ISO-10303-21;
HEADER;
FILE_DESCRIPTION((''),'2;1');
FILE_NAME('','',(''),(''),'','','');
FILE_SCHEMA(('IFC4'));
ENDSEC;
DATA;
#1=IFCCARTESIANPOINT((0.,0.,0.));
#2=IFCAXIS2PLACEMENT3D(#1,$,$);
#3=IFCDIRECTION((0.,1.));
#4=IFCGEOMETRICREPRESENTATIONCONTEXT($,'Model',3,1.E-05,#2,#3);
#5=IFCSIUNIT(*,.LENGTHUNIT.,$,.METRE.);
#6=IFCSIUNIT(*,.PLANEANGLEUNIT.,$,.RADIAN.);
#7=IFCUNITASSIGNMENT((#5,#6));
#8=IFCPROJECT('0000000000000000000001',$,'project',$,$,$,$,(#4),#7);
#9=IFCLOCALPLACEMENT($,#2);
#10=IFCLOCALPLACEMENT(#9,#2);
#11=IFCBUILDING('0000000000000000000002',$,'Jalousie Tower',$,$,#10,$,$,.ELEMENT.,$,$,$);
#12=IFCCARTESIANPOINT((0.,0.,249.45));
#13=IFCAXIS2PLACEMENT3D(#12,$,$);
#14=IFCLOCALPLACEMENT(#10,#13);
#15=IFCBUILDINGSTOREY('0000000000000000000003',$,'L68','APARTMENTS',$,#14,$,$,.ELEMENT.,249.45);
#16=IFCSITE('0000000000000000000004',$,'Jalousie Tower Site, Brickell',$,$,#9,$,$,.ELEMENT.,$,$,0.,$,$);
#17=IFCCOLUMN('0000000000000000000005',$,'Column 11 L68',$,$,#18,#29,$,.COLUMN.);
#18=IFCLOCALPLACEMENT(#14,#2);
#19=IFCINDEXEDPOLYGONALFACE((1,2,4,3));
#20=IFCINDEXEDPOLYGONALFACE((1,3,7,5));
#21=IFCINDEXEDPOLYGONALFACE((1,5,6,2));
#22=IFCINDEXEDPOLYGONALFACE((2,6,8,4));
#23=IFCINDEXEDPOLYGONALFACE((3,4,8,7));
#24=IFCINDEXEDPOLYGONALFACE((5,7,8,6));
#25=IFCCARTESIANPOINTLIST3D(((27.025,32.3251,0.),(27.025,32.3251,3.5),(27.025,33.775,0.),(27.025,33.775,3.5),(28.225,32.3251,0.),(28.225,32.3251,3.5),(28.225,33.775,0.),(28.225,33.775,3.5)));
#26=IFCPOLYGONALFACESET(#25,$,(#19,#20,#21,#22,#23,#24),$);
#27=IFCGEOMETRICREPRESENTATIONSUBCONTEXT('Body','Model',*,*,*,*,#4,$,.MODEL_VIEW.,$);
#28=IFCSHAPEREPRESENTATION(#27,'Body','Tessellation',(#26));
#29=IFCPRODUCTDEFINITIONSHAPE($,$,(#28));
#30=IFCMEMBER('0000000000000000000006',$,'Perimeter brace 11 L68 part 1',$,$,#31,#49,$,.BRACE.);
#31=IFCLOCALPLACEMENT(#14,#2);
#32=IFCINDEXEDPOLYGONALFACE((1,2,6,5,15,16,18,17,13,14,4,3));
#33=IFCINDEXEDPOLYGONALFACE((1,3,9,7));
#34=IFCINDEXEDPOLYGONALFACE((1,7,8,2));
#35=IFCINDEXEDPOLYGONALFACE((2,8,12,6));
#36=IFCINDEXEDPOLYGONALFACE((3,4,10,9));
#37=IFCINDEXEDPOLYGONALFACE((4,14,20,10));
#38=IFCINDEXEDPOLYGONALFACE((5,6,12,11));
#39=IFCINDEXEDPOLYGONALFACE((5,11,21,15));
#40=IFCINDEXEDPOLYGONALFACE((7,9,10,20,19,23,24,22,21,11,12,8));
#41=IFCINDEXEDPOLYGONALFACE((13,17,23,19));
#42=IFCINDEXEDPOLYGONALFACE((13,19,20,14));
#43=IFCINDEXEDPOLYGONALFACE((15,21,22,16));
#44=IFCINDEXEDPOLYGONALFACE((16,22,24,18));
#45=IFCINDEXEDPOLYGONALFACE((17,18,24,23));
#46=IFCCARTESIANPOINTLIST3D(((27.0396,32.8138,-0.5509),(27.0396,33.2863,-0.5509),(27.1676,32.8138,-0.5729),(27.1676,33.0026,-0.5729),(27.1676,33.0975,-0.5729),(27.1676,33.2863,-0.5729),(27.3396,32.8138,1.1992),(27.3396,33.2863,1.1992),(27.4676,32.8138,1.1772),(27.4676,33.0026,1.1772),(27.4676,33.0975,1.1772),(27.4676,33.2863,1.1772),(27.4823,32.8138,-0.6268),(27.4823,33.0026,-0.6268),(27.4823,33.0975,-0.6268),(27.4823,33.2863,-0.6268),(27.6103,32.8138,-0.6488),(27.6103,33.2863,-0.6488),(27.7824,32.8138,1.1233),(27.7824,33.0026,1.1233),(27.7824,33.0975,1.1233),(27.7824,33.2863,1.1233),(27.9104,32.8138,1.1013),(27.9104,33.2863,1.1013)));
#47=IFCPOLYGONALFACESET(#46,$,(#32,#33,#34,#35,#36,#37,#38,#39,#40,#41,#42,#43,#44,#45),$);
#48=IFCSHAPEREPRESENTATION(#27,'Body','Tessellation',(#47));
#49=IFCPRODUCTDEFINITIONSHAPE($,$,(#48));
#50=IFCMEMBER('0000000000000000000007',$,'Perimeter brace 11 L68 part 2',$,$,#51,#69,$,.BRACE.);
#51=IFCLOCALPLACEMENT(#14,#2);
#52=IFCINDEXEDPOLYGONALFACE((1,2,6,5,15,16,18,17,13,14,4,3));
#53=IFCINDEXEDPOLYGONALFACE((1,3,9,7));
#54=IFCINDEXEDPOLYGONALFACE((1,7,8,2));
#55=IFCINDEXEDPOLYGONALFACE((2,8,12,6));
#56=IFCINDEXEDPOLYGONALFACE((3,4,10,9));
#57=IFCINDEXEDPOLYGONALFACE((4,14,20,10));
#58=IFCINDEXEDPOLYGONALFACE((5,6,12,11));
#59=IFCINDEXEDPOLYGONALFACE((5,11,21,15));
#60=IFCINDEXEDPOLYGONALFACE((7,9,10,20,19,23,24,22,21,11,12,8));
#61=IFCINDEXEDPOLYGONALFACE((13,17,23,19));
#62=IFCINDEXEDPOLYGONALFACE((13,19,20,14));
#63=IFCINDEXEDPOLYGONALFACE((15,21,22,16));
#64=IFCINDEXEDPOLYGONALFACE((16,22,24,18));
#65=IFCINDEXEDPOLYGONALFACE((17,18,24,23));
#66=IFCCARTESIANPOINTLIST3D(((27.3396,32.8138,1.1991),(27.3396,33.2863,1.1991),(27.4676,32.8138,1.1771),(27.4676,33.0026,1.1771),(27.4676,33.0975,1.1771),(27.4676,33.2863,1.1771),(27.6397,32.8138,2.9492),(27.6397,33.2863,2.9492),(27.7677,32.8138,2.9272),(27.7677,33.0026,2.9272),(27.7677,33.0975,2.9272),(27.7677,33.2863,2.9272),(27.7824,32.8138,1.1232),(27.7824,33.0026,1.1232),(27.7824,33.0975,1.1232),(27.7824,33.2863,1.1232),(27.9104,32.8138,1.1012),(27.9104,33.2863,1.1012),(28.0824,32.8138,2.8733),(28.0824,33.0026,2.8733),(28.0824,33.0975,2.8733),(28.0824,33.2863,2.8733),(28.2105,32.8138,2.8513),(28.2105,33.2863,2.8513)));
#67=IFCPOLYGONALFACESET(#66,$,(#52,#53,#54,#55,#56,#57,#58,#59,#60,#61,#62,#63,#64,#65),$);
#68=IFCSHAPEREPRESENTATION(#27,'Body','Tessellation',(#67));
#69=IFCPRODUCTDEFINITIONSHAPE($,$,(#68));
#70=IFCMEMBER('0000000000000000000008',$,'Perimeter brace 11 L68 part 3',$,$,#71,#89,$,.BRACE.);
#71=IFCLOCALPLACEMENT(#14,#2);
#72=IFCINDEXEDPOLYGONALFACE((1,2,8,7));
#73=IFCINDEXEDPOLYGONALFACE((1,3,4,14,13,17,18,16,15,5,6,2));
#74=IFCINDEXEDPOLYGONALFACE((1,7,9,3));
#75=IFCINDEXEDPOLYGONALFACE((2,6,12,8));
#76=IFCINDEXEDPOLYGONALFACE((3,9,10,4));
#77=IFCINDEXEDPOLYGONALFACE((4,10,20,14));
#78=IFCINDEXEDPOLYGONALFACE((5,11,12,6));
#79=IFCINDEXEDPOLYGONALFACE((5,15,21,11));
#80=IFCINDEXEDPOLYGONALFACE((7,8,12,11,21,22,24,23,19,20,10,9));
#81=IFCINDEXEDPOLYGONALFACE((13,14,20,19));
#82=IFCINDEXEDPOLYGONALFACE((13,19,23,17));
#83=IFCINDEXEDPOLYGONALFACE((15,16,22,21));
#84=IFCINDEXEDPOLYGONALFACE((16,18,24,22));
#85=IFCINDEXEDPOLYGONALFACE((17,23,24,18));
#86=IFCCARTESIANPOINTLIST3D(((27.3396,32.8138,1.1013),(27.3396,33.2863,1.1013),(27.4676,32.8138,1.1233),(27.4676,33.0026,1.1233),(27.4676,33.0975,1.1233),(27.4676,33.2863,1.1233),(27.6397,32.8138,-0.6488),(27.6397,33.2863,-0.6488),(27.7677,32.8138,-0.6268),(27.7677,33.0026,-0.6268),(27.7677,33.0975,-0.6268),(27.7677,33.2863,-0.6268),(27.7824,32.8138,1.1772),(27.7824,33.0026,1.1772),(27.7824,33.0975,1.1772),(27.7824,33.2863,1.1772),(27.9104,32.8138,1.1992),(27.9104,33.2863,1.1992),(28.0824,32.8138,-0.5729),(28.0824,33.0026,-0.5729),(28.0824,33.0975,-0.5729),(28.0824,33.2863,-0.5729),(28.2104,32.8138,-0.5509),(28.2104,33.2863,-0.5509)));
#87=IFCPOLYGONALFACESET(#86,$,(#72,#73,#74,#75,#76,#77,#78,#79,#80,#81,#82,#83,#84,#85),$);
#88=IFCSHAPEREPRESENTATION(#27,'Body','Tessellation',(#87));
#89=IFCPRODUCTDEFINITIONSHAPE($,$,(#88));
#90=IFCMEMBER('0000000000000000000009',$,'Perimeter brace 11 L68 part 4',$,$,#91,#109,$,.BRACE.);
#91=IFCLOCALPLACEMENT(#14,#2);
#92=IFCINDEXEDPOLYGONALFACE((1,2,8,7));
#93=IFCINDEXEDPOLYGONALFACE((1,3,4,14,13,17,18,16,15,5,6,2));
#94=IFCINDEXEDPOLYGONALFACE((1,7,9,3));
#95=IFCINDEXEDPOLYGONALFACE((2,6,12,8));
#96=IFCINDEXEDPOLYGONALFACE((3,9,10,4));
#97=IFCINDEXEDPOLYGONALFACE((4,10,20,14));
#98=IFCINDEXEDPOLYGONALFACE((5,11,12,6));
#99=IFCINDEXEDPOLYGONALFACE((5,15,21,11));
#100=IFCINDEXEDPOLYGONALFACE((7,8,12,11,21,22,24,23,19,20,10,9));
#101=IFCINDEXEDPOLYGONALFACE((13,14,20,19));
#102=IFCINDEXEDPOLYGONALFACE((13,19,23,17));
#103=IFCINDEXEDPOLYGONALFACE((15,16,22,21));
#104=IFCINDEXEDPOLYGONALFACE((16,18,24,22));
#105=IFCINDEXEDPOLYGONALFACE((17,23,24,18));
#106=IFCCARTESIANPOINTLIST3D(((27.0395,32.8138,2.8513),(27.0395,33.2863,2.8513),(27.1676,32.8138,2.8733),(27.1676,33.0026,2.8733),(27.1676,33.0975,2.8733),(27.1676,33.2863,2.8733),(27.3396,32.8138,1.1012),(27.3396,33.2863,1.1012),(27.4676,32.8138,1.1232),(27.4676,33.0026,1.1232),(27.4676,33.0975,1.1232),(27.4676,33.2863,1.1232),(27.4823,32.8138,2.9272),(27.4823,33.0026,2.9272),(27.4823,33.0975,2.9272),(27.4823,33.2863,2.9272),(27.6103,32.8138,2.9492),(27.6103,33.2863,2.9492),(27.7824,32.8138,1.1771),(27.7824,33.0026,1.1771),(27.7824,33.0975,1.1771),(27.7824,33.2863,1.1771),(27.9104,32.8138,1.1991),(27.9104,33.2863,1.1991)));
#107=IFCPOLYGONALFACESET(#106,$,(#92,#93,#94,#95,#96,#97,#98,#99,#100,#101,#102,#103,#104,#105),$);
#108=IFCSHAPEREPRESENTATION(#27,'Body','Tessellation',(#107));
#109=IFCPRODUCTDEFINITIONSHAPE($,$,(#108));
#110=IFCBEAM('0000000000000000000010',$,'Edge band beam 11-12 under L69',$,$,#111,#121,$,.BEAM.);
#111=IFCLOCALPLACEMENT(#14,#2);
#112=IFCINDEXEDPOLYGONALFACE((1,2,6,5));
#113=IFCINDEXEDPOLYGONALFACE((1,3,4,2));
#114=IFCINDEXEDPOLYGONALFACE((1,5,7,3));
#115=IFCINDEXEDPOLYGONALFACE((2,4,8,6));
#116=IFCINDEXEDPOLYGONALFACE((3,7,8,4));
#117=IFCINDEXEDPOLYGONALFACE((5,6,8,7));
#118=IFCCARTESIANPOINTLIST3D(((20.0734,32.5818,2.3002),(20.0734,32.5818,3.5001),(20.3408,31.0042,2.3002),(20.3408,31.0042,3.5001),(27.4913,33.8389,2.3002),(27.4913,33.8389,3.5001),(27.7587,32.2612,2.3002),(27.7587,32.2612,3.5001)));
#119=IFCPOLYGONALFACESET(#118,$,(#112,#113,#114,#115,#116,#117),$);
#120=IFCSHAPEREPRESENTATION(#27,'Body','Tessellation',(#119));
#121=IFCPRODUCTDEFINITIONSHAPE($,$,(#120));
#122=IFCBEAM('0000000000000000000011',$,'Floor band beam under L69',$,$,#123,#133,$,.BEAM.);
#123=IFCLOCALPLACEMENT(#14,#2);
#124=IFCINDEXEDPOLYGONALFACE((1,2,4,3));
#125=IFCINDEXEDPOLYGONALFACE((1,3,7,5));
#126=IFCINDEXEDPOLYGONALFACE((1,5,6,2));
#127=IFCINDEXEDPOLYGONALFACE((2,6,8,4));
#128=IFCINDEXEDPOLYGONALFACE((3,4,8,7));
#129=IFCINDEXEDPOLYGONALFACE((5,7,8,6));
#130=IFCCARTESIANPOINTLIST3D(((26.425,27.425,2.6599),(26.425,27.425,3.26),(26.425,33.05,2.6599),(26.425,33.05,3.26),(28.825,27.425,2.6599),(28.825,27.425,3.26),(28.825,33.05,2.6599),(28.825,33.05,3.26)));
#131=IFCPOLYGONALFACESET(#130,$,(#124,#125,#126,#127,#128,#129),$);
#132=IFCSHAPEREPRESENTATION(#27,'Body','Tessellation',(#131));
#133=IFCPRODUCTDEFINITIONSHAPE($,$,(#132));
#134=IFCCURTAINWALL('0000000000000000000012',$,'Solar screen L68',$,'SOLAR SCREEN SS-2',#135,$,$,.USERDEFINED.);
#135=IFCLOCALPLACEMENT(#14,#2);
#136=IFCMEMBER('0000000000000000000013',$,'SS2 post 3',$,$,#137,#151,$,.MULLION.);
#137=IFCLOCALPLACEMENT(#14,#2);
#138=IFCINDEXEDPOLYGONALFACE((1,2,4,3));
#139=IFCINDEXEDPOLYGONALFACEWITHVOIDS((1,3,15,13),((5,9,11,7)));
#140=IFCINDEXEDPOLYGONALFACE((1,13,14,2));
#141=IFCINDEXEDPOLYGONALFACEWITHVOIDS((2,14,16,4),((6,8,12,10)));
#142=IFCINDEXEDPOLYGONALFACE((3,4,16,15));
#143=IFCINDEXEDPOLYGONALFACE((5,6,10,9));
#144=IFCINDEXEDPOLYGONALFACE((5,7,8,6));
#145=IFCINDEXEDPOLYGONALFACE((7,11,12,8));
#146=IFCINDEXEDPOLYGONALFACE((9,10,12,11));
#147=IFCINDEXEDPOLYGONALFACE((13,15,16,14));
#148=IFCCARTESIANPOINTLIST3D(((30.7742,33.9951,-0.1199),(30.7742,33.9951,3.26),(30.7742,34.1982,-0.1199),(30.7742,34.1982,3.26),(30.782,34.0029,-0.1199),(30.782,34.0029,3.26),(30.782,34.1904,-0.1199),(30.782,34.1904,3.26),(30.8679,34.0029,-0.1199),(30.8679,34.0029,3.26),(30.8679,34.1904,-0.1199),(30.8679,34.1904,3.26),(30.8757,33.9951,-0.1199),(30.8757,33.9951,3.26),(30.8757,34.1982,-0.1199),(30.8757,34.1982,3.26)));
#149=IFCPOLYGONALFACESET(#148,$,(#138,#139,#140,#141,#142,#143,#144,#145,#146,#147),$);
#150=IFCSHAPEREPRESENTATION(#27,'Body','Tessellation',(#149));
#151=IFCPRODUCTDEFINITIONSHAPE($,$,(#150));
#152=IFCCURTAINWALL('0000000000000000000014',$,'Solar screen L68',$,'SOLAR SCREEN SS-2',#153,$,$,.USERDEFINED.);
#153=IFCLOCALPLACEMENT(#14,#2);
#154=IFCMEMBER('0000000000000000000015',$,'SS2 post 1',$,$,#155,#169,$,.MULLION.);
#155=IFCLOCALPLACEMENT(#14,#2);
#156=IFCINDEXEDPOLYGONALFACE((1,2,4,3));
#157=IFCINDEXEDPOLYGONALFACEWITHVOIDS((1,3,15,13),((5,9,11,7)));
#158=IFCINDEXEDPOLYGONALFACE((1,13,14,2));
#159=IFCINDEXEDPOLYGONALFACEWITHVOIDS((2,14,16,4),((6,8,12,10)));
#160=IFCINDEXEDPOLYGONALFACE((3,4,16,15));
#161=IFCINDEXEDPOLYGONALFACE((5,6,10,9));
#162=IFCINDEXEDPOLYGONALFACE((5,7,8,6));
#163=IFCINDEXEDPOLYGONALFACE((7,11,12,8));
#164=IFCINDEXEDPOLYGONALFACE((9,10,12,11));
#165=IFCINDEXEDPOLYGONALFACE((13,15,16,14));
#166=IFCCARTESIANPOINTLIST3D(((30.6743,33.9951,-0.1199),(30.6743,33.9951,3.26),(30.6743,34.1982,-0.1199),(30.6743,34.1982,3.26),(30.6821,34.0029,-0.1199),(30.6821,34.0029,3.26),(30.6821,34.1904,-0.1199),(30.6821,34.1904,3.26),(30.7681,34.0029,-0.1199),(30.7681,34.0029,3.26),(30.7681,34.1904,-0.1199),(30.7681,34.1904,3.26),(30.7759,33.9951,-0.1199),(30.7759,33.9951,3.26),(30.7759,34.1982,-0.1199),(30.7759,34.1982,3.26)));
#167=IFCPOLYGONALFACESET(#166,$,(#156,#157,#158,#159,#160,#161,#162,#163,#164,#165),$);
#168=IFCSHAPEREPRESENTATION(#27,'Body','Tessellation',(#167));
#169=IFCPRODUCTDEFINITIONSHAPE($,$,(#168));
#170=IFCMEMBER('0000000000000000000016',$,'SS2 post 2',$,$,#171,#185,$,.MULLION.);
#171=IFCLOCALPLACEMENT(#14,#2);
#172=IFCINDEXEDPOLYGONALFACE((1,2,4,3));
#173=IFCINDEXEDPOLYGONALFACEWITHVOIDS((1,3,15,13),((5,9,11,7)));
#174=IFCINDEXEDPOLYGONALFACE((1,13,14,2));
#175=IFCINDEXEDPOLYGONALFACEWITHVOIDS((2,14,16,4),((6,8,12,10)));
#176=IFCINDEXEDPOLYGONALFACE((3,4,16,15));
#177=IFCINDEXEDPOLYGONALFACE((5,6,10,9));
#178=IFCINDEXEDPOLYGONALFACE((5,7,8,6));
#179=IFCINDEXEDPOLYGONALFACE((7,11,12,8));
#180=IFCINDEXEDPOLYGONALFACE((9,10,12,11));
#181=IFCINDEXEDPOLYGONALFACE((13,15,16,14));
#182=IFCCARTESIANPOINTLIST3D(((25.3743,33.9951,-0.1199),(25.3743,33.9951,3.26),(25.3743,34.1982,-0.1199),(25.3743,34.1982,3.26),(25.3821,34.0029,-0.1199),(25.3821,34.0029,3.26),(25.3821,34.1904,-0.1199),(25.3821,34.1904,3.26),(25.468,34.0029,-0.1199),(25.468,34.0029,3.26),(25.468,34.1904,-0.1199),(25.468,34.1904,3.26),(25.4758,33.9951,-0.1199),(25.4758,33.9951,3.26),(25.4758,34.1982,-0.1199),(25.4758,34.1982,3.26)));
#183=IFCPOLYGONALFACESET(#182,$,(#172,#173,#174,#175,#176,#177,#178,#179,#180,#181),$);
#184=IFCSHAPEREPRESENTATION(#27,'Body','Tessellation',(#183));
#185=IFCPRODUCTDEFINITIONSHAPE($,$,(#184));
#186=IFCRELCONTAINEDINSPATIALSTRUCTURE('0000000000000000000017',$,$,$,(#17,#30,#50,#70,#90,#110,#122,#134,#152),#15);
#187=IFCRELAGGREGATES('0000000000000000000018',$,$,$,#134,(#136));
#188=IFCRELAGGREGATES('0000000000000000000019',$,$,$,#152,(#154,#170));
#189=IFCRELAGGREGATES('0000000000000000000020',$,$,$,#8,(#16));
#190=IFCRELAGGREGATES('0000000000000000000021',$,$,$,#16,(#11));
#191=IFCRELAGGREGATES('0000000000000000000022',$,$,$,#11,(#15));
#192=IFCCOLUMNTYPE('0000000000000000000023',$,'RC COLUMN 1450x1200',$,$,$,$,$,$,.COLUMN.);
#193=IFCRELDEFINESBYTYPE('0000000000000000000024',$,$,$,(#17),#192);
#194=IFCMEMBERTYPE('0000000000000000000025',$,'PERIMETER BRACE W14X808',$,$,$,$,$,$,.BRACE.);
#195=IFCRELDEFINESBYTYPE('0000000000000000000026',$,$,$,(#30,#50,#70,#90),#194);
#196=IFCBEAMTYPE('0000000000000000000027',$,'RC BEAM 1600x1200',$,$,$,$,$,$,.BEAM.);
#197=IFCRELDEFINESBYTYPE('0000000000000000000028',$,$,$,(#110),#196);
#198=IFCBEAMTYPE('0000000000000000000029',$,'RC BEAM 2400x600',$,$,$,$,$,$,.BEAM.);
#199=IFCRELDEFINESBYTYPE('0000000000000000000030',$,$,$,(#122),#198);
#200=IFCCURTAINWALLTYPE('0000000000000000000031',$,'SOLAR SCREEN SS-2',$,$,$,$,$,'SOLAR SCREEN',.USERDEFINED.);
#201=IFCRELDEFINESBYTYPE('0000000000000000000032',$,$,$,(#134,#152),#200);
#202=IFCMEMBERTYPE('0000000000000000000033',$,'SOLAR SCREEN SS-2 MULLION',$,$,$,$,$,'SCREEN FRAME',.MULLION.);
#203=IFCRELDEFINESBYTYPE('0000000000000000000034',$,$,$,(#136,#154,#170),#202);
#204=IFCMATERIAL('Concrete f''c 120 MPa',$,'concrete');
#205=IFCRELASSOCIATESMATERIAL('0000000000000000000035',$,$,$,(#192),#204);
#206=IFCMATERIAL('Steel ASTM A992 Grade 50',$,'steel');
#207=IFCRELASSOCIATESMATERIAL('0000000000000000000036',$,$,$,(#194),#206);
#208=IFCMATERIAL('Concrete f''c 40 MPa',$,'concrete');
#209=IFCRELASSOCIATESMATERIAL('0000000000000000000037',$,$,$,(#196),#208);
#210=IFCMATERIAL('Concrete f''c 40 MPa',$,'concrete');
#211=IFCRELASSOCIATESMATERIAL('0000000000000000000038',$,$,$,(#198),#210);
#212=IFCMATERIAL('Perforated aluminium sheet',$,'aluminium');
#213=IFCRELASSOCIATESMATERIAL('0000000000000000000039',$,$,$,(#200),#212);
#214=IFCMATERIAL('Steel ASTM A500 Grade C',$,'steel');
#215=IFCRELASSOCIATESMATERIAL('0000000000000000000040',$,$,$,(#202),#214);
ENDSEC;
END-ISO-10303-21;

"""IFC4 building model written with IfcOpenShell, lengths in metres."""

from ifc_helpers import new_model, si_unit, direction, frame, origin, origin_2d, place, context, subcontext, project, spatial, rectangle, hollow_rectangle, i_section, extrude, material, material_profile, profile_set, type_object, element, aggregate, save


model = new_model("IFC4")

# Units and contexts
model_context = context("Model", 3, precision=1e-05, world=origin(), true_north=direction((0.0, 1.0)))
body_context = subcontext(model_context, "Body", "Model", "MODEL_VIEW")
ifc_project = project(units=[si_unit("LENGTHUNIT", "METRE"), si_unit("PLANEANGLEUNIT", "RADIAN")], contexts=[model_context])

# Site, building, storey
site_placement = place(None, origin())
site = spatial("IfcSite", under=ifc_project, at=site_placement, Name="Jalousie Tower Site, Brickell", CompositionType="ELEMENT", RefElevation=0.0)
building_placement = place(site_placement, origin())
building = spatial("IfcBuilding", under=site, at=building_placement, Name="Jalousie Tower", CompositionType="ELEMENT")
storey_placement = place(building_placement, frame((0.0, 0.0, 249.45)))
storey = spatial("IfcBuildingStorey", under=building, at=storey_placement, Name="L68", Description="APARTMENTS", CompositionType="ELEMENT", Elevation=249.45)

# Column
ifc_material_1 = material(Name="Concrete f'c 120 MPa", Category="concrete")
ifc_material_profile_1 = material_profile(ifc_material_1, rectangle(XDim=1.45, YDim=1.2, at=origin_2d()), Name="RC 1450x1200")
ifc_profile_set_1 = profile_set([ifc_material_profile_1], Name="Concrete f'c 120 MPa")
column_type = type_object("IfcColumnType", Name="RC COLUMN 1450x1200", PredefinedType="COLUMN", material=ifc_profile_set_1)
column_placement = place(storey_placement, frame((27.625, 33.05, 0.0), z_axis=(0.0, 0.0, 1.0), x_axis=(0.0, 1.0, 0.0)))
element("IfcColumn", 1, at=column_placement, inside=storey, type_object=column_type, Name="Column 11 L68", PredefinedType="COLUMN", context=body_context, shape_type="SweptSolid", body=[
    extrude(rectangle(XDim=1.45, YDim=1.2, at=origin_2d()), origin(), (0.0, 0.0, 1.0), 3.5),
])

# Members
ifc_material_2 = material(Name="Steel ASTM A992 Grade 50", Category="steel")
ifc_material_profile_2 = material_profile(ifc_material_2, i_section(OverallWidth=0.4724, OverallDepth=0.5791, WebThickness=0.095, FlangeThickness=0.1299, at=origin_2d()), Name="W14X808")
ifc_profile_set_2 = profile_set([ifc_material_profile_2], Name="Steel ASTM A992 Grade 50")
member_type_1 = type_object("IfcMemberType", Name="PERIMETER BRACE W14X808", PredefinedType="BRACE", material=ifc_profile_set_2)
for number, where, z_axis, x_axis, name in (
    (2, (27.325, 33.05, -0.5999), (0.168991, 0.0, 0.985618), (0.0, 1.0, 0.0), "Perimeter brace 11 L68 part 1"),
    (3, (27.625, 33.05, 1.1501), (0.168991, 0.0, 0.985618), (0.0, 1.0, 0.0), "Perimeter brace 11 L68 part 2"),
    (4, (27.925, 33.05, -0.5999), (-0.168991, 0.0, 0.985618), (0.0, -1.0, 0.0), "Perimeter brace 11 L68 part 3"),
    (5, (27.625, 33.05, 1.1501), (-0.168991, 0.0, 0.985618), (0.0, -1.0, 0.0), "Perimeter brace 11 L68 part 4"),
):
    element("IfcMember", number, at=place(storey_placement, frame(where, z_axis=z_axis, x_axis=x_axis)), inside=storey, type_object=member_type_1, Name=name, PredefinedType="BRACE", context=body_context, shape_type="SweptSolid", body=[
        extrude(i_section(OverallWidth=0.4724, OverallDepth=0.5791, WebThickness=0.095, FlangeThickness=0.1299, at=origin_2d()), origin(), (0.0, 0.0, 1.0), 1.7756),
    ])

# Beams
ifc_material_3 = material(Name="Concrete f'c 40 MPa", Category="concrete")
ifc_material_profile_3 = material_profile(ifc_material_3, rectangle(XDim=1.6001, YDim=1.2, at=origin_2d()), Name="RC 1600x1200")
ifc_profile_set_3 = profile_set([ifc_material_profile_3], Name="Concrete f'c 40 MPa")
beam_type_1 = type_object("IfcBeamType", Name="RC BEAM 1600x1200", PredefinedType="BEAM", material=ifc_profile_set_3)
beam_1_placement = place(storey_placement, frame((27.625, 33.05, 2.9001), z_axis=(-0.985943, -0.167082, 0.0), x_axis=(0.167082, -0.985943, 0.0)))
element("IfcBeam", 6, at=beam_1_placement, inside=storey, type_object=beam_type_1, Name="Edge band beam 11-12 under L69", PredefinedType="BEAM", context=body_context, shape_type="SweptSolid", body=[
    extrude(rectangle(XDim=1.6001, YDim=1.2, at=origin_2d()), origin(), (0.0, 0.0, 1.0), 7.5237),
])
ifc_material_4 = material(Name="Concrete f'c 40 MPa", Category="concrete")
ifc_material_profile_4 = material_profile(ifc_material_4, rectangle(XDim=2.3999, YDim=0.6001, at=origin_2d()), Name="RC 2400x600")
ifc_profile_set_4 = profile_set([ifc_material_profile_4], Name="Concrete f'c 40 MPa")
beam_type_2 = type_object("IfcBeamType", Name="RC BEAM 2400x600", PredefinedType="BEAM", material=ifc_profile_set_4)
beam_2_placement = place(storey_placement, frame((27.625, 33.05, 2.96), z_axis=(0.0, -1.0, 0.0), x_axis=(1.0, 0.0, 0.0)))
element("IfcBeam", 7, at=beam_2_placement, inside=storey, type_object=beam_type_2, Name="Floor band beam under L69", PredefinedType="BEAM", context=body_context, shape_type="SweptSolid", body=[
    extrude(rectangle(XDim=2.3999, YDim=0.6001, at=origin_2d()), origin(), (0.0, 0.0, 1.0), 5.625),
])

# Curtain wall, member
ifc_material_5 = material(Name="Perforated aluminium sheet", Category="aluminium")
curtain_wall_type = type_object("IfcCurtainWallType", Name="SOLAR SCREEN SS-2", ElementType="SOLAR SCREEN", PredefinedType="USERDEFINED", material=ifc_material_5)
curtain_wall_1_placement = place(storey_placement, origin())
curtain_wall_1 = element("IfcCurtainWall", 8, at=curtain_wall_1_placement, inside=storey, type_object=curtain_wall_type, Name="Solar screen L68", ObjectType="SOLAR SCREEN SS-2", PredefinedType="USERDEFINED")
ifc_material_6 = material(Name="Steel ASTM A500 Grade C", Category="steel")
ifc_material_profile_5 = material_profile(ifc_material_6, hollow_rectangle(XDim=0.1016, YDim=0.2031, WallThickness=0.0078, at=origin_2d()), Name="HSS8X4X5/16")
ifc_profile_set_5 = profile_set([ifc_material_profile_5], Name="Steel ASTM A500 Grade C")
member_type_2 = type_object("IfcMemberType", Name="SOLAR SCREEN SS-2 MULLION", ElementType="SCREEN FRAME", PredefinedType="MULLION", material=ifc_profile_set_5)
member_1_placement = place(storey_placement, frame((30.825, 34.0967, -0.1199), z_axis=(0.0, 0.0, 1.0), x_axis=(-1.0, 0.0, 0.0)))
member_1 = element("IfcMember", 9, at=member_1_placement, type_object=member_type_2, Name="SS2 post 3", PredefinedType="MULLION", context=body_context, shape_type="SweptSolid", body=[
    extrude(hollow_rectangle(XDim=0.1016, YDim=0.2031, WallThickness=0.0078, at=origin_2d()), origin(), (0.0, 0.0, 1.0), 3.3799),
])

# Curtain wall, members
curtain_wall_2_placement = place(storey_placement, origin())
curtain_wall_2 = element("IfcCurtainWall", 10, at=curtain_wall_2_placement, inside=storey, type_object=curtain_wall_type, Name="Solar screen L68", ObjectType="SOLAR SCREEN SS-2", PredefinedType="USERDEFINED")
member_2_placement = place(storey_placement, frame((30.7251, 34.0967, -0.1199), z_axis=(0.0, 0.0, 1.0), x_axis=(-1.0, 0.0, 0.0)))
member_2 = element("IfcMember", 11, at=member_2_placement, type_object=member_type_2, Name="SS2 post 1", PredefinedType="MULLION", context=body_context, shape_type="SweptSolid", body=[
    extrude(hollow_rectangle(XDim=0.1016, YDim=0.2031, WallThickness=0.0078, at=origin_2d()), origin(), (0.0, 0.0, 1.0), 3.3799),
])
member_3_placement = place(storey_placement, frame((25.425, 34.0967, -0.1199), z_axis=(0.0, 0.0, 1.0), x_axis=(-1.0, 0.0, 0.0)))
member_3 = element("IfcMember", 12, at=member_3_placement, type_object=member_type_2, Name="SS2 post 2", PredefinedType="MULLION", context=body_context, shape_type="SweptSolid", body=[
    extrude(hollow_rectangle(XDim=0.1016, YDim=0.2031, WallThickness=0.0078, at=origin_2d()), origin(), (0.0, 0.0, 1.0), 3.3799),
])

aggregate(curtain_wall_1, [member_1])
aggregate(curtain_wall_2, [member_2, member_3])

save(model, "model.ifc")
